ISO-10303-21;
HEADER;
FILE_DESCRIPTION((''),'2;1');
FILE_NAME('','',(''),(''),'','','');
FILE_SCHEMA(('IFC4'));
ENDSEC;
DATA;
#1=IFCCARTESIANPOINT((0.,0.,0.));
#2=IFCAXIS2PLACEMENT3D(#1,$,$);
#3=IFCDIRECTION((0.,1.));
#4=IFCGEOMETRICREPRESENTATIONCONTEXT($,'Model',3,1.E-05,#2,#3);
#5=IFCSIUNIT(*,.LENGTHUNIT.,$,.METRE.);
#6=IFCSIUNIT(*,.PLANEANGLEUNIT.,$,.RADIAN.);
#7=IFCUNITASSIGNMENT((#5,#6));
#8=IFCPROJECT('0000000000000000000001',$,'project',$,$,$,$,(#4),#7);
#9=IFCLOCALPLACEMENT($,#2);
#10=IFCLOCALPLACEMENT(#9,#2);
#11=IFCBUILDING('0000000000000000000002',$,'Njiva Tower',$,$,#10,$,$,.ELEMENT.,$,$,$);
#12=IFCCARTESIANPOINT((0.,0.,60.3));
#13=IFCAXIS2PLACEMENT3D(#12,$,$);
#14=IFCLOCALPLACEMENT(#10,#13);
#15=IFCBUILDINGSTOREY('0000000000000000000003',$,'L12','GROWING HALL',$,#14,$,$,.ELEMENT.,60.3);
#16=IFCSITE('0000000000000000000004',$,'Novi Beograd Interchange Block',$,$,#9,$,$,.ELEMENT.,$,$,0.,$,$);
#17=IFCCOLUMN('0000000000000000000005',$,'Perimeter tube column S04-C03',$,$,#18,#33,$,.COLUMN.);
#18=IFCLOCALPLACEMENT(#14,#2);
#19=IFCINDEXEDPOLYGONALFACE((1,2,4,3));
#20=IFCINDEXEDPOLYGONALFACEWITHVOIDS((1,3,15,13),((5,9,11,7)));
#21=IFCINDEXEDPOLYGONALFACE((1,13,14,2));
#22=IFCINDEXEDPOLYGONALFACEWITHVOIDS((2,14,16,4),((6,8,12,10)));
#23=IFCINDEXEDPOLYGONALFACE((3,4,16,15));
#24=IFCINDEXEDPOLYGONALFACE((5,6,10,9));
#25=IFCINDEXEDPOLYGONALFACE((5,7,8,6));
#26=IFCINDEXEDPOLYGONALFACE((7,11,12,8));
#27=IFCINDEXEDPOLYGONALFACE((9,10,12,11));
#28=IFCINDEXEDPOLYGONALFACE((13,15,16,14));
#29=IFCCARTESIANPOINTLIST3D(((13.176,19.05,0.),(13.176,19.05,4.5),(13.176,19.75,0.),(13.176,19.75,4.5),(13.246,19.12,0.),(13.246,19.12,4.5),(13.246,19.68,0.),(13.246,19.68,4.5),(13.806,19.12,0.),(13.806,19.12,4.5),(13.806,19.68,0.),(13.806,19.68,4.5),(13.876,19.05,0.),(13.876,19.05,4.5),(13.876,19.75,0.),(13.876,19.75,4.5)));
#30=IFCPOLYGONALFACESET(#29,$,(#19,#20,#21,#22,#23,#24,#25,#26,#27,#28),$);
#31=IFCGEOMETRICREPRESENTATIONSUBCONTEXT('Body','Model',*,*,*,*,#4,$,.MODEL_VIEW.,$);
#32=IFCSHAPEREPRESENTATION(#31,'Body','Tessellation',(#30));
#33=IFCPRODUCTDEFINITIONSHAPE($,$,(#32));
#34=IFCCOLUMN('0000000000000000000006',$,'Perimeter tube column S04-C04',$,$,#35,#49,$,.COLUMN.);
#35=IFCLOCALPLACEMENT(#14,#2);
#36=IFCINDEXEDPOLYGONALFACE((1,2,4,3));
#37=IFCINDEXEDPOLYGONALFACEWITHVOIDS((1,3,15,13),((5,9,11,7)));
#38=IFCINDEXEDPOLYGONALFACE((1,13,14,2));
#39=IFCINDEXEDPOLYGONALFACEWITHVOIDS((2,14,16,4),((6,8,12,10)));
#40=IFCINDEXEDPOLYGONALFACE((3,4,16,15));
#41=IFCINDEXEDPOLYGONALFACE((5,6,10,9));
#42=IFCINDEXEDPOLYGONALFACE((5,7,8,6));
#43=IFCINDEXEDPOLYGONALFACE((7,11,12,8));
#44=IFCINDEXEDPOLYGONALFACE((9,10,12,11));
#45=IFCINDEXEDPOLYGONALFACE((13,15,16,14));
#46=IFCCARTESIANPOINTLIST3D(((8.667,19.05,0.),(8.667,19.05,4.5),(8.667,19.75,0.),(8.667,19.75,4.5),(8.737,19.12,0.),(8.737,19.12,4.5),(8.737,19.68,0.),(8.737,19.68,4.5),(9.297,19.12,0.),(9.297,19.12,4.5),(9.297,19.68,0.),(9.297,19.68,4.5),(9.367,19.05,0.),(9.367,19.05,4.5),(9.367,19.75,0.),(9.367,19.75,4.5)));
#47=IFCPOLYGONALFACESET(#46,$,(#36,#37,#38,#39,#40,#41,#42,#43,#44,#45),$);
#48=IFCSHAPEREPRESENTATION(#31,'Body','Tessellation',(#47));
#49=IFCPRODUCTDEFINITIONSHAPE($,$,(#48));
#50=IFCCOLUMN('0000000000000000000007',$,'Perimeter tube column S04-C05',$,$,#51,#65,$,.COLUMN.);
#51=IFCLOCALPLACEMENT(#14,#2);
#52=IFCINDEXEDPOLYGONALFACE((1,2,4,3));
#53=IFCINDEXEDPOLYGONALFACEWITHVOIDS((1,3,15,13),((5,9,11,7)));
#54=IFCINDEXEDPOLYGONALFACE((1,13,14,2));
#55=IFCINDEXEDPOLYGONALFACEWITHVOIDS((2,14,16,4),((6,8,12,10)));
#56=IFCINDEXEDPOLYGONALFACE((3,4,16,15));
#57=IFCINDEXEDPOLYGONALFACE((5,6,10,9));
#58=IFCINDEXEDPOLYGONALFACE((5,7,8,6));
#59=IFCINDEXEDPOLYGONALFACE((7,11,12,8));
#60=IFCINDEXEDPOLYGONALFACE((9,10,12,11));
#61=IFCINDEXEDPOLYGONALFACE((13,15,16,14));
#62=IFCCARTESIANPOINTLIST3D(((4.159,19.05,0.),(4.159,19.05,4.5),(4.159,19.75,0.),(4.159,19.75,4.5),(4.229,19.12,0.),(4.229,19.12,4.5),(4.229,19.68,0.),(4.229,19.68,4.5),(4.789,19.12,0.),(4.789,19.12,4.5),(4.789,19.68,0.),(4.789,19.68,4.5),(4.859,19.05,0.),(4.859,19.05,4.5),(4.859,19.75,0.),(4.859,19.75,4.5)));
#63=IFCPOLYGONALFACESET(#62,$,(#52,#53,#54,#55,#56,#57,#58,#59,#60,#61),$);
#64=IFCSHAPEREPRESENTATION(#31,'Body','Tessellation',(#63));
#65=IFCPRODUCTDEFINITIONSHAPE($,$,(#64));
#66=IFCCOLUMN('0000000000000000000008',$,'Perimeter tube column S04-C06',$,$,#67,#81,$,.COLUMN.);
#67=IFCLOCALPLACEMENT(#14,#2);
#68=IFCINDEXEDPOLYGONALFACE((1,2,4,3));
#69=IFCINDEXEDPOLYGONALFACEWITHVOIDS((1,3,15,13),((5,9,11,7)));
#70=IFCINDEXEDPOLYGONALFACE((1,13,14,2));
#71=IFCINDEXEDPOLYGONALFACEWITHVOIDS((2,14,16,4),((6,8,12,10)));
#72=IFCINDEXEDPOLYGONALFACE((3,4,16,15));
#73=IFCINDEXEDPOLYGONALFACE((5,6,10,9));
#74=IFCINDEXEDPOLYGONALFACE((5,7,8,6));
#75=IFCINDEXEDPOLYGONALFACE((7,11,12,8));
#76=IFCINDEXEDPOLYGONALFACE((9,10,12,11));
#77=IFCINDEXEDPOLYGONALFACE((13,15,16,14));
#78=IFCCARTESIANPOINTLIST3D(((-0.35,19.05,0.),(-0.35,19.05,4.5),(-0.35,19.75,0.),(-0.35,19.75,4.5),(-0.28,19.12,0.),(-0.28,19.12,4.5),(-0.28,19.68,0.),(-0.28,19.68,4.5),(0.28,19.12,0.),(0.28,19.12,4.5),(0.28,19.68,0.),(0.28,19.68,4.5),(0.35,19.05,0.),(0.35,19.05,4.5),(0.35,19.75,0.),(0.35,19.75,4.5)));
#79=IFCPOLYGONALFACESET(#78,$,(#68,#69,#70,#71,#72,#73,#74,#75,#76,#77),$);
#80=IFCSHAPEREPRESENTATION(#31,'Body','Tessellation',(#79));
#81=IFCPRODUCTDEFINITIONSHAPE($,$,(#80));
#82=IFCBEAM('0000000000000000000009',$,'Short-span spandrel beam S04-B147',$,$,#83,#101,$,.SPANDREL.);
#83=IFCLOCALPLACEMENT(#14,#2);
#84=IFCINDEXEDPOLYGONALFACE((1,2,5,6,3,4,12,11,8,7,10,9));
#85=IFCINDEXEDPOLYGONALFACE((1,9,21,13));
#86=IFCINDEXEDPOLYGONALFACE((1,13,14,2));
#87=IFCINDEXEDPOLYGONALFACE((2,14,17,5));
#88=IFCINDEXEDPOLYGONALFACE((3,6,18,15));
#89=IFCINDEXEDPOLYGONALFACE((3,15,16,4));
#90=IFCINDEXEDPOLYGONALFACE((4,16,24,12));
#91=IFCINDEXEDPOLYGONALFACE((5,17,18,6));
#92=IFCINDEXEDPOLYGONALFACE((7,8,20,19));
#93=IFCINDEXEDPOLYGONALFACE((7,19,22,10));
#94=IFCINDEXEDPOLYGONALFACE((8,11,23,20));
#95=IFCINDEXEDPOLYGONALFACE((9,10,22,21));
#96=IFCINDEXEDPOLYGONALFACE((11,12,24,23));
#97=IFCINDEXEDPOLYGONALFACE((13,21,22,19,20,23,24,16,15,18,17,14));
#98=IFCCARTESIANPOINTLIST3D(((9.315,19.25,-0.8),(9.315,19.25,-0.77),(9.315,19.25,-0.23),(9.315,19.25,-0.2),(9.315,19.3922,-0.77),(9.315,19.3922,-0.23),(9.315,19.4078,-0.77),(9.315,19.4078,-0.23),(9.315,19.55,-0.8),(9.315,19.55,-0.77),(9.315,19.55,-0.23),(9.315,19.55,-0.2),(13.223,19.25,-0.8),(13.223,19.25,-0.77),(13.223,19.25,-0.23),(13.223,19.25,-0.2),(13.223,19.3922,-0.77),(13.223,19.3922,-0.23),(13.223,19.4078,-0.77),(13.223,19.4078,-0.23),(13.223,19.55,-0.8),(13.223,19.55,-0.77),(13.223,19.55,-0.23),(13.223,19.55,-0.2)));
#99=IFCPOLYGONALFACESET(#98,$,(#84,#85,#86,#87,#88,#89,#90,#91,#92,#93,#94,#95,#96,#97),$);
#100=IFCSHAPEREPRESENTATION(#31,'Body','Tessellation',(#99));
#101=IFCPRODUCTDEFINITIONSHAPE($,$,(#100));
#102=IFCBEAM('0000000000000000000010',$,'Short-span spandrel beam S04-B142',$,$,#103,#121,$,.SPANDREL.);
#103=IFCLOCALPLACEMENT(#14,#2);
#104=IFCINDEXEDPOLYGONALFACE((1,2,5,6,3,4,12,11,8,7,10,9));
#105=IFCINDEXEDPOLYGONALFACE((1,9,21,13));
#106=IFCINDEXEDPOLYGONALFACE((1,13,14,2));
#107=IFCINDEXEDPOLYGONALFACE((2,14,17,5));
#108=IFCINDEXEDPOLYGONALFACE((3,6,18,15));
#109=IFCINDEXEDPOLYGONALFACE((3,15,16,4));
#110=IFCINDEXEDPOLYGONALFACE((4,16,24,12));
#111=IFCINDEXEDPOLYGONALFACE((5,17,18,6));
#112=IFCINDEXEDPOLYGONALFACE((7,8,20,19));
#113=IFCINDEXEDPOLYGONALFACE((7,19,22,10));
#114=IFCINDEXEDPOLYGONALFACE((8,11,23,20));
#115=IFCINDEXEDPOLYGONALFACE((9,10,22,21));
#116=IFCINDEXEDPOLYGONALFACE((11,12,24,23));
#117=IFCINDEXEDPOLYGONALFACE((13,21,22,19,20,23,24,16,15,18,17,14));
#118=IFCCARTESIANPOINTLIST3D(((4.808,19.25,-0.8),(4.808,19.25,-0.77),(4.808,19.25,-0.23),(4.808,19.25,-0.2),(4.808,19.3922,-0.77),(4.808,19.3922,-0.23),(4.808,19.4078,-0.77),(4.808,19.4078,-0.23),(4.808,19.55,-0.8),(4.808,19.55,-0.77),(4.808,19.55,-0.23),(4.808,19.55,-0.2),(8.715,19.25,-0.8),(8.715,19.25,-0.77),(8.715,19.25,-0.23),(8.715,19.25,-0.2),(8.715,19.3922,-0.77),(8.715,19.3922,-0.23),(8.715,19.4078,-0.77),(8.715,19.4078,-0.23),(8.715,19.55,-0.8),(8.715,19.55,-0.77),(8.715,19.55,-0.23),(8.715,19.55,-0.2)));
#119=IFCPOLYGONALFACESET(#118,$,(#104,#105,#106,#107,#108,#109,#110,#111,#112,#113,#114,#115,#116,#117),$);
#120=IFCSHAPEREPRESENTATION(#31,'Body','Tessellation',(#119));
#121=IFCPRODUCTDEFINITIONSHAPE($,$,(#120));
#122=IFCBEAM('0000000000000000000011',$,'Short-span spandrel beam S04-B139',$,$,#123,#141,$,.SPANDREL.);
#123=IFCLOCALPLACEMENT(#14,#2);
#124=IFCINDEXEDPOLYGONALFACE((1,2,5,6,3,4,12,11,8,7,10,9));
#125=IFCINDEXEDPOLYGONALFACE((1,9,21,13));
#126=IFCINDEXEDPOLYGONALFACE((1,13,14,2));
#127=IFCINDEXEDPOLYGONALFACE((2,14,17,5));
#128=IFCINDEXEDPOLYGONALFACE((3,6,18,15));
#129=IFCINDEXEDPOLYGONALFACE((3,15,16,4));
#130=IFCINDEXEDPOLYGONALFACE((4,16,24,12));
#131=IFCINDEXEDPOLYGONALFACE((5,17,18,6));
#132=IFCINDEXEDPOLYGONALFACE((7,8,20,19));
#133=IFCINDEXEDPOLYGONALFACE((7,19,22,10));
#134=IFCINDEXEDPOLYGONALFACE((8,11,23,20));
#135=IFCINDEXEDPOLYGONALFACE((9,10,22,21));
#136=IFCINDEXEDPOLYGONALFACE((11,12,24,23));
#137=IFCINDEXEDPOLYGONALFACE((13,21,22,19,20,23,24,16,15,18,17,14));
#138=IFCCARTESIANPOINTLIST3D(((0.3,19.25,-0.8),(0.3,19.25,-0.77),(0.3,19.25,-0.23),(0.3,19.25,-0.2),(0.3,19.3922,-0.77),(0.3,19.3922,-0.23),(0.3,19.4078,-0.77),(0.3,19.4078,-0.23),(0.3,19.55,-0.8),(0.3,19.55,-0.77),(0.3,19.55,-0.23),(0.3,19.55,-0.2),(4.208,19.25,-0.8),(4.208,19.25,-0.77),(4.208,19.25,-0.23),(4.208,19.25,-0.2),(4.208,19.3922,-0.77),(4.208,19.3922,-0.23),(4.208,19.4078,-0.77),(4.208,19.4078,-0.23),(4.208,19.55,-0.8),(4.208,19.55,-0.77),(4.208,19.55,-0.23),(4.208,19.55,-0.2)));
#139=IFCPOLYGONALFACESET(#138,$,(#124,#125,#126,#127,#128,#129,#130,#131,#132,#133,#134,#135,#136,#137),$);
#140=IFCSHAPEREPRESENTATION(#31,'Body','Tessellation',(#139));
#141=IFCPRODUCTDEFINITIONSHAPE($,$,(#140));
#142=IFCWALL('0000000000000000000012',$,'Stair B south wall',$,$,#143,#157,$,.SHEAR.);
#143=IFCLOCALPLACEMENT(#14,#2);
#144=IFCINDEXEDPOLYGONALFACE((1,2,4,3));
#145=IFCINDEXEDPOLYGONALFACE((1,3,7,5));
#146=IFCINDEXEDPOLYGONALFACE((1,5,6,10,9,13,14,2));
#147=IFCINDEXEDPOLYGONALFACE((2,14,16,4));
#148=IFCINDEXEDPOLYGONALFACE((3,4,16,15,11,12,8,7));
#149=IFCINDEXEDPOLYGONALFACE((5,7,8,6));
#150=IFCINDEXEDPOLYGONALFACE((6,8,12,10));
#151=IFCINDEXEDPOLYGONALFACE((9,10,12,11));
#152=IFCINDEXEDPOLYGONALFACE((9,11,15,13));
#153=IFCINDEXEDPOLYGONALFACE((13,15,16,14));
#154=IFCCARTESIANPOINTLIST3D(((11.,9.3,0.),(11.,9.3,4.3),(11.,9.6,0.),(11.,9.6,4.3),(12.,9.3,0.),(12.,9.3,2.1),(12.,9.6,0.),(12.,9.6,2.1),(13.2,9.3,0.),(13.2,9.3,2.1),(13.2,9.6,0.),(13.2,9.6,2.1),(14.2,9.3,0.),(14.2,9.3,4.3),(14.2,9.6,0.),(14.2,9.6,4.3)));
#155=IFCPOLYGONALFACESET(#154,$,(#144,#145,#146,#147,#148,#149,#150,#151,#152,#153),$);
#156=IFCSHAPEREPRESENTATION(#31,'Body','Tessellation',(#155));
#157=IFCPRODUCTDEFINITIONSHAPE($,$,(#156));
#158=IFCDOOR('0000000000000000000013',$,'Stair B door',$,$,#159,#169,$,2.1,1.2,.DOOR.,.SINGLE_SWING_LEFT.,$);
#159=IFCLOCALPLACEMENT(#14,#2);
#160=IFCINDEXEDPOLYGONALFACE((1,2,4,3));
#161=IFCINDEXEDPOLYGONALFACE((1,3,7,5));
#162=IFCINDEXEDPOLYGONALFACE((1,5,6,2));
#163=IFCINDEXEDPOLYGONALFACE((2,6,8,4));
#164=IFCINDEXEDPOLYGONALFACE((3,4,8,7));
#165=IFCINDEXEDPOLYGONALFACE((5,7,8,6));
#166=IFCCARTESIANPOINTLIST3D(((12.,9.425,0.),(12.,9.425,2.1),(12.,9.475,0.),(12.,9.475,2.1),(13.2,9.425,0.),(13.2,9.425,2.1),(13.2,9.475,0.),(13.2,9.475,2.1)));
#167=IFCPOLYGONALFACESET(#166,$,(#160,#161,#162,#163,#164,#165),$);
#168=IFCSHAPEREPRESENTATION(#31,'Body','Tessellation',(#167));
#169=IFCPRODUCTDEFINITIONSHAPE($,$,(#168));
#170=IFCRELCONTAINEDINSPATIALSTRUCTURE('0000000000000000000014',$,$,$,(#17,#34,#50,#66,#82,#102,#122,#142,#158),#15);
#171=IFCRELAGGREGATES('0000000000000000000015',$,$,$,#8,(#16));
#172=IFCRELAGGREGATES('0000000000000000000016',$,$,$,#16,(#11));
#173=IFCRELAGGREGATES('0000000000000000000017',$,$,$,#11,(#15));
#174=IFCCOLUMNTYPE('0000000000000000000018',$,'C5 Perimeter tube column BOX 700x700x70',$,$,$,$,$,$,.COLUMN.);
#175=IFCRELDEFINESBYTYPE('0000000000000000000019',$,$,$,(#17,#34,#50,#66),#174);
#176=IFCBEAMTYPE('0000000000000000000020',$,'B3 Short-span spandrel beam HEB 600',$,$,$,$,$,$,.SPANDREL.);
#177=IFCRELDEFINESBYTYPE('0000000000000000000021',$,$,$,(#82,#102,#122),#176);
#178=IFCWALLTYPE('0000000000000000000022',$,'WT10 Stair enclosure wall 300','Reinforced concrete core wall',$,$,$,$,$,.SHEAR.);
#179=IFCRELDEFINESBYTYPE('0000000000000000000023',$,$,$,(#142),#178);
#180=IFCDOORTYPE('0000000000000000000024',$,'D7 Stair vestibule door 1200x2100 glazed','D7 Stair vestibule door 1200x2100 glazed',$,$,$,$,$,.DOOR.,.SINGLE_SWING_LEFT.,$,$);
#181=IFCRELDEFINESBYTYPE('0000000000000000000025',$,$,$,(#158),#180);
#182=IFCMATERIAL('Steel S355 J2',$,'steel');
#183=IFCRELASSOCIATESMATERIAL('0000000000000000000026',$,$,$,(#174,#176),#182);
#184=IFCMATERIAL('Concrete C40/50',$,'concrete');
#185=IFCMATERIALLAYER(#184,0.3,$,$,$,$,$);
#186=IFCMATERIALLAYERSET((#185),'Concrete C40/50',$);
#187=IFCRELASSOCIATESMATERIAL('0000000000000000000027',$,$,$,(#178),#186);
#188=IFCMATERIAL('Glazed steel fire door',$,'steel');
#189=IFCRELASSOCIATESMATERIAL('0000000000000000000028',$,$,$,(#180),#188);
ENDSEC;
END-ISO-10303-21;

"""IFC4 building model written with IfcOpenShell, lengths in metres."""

from ifc_helpers import new_model, si_unit, direction, frame, frame_2d, origin, origin_2d, place, context, subcontext, project, spatial, rectangle, hollow_rectangle, i_section, extrude, material, layer, layer_set, material_profile, profile_set, type_object, element, fill, save


model = new_model("IFC4")

# Units and contexts
model_context = context("Model", 3, precision=1e-05, world=origin(), true_north=direction((0.0, 1.0)))
body_context = subcontext(model_context, "Body", "Model", "MODEL_VIEW")
ifc_project = project(units=[si_unit("LENGTHUNIT", "METRE"), si_unit("PLANEANGLEUNIT", "RADIAN")], contexts=[model_context])

# Site, building, storey
site_placement = place(None, origin())
site = spatial("IfcSite", under=ifc_project, at=site_placement, Name="Novi Beograd Interchange Block", CompositionType="ELEMENT", RefElevation=0.0)
building_placement = place(site_placement, origin())
building = spatial("IfcBuilding", under=site, at=building_placement, Name="Njiva Tower", CompositionType="ELEMENT")
storey_placement = place(building_placement, frame((0.0, 0.0, 60.3)))
storey = spatial("IfcBuildingStorey", under=building, at=storey_placement, Name="L12", Description="GROWING HALL", CompositionType="ELEMENT", Elevation=60.3)

# Columns
ifc_material_1 = material(Name="Steel S355 J2", Category="steel")
ifc_material_profile_1 = material_profile(ifc_material_1, hollow_rectangle(XDim=0.7, YDim=0.7, WallThickness=0.07, at=origin_2d()), Name="BOX 700x700x70")
ifc_profile_set_1 = profile_set([ifc_material_profile_1], Name="Steel S355 J2")
column_type = type_object("IfcColumnType", Name="C5 Perimeter tube column BOX 700x700x70", PredefinedType="COLUMN", material=ifc_profile_set_1)
for number, where, z_axis, x_axis, name in (
    (1, (13.526, 19.4, 0.0), (0.0, 0.0, 1.0), (-1.0, 0.0, 0.0), "Perimeter tube column S04-C03"),
    (2, (9.017, 19.4, 0.0), (0.0, 0.0, 1.0), (-1.0, 0.0, 0.0), "Perimeter tube column S04-C04"),
    (3, (4.509, 19.4, 0.0), (0.0, 0.0, 1.0), (-1.0, 0.0, 0.0), "Perimeter tube column S04-C05"),
    (4, (0.0, 19.4, 0.0), (0.0, 0.0, 1.0), (-1.0, 0.0, 0.0), "Perimeter tube column S04-C06"),
):
    element("IfcColumn", number, at=place(storey_placement, frame(where, z_axis=z_axis, x_axis=x_axis)), inside=storey, type_object=column_type, Name=name, PredefinedType="COLUMN", context=body_context, shape_type="SweptSolid", body=[
        extrude(hollow_rectangle(XDim=0.7, YDim=0.7, WallThickness=0.07, at=origin_2d()), origin(), (0.0, 0.0, 1.0), 4.5),
    ])

# Beams
ifc_material_profile_2 = material_profile(ifc_material_1, i_section(OverallWidth=0.3, OverallDepth=0.6, WebThickness=0.0155, FlangeThickness=0.03, at=origin_2d()), Name="HEB 600")
ifc_profile_set_2 = profile_set([ifc_material_profile_2], Name="Steel S355 J2")
beam_type = type_object("IfcBeamType", Name="B3 Short-span spandrel beam HEB 600", PredefinedType="SPANDREL", material=ifc_profile_set_2)
beam_1_placement = place(storey_placement, frame((13.223, 19.4, -0.5), z_axis=(-1.0, 0.0, 0.0), x_axis=(0.0, -1.0, 0.0)))
element("IfcBeam", 5, at=beam_1_placement, inside=storey, type_object=beam_type, Name="Short-span spandrel beam S04-B147", PredefinedType="SPANDREL", context=body_context, shape_type="SweptSolid", body=[
    extrude(i_section(OverallWidth=0.3, OverallDepth=0.6, WebThickness=0.0155, FlangeThickness=0.03, at=origin_2d()), origin(), (0.0, 0.0, 1.0), 3.908),
])
beam_2_placement = place(storey_placement, frame((8.715, 19.4, -0.5), z_axis=(-1.0, 0.0, 0.0), x_axis=(0.0, -1.0, 0.0)))
element("IfcBeam", 6, at=beam_2_placement, inside=storey, type_object=beam_type, Name="Short-span spandrel beam S04-B142", PredefinedType="SPANDREL", context=body_context, shape_type="SweptSolid", body=[
    extrude(i_section(OverallWidth=0.3, OverallDepth=0.6, WebThickness=0.0155, FlangeThickness=0.03, at=origin_2d()), origin(), (0.0, 0.0, 1.0), 3.907),
])
beam_3_placement = place(storey_placement, frame((4.208, 19.4, -0.5), z_axis=(-1.0, 0.0, 0.0), x_axis=(0.0, -1.0, 0.0)))
element("IfcBeam", 7, at=beam_3_placement, inside=storey, type_object=beam_type, Name="Short-span spandrel beam S04-B139", PredefinedType="SPANDREL", context=body_context, shape_type="SweptSolid", body=[
    extrude(i_section(OverallWidth=0.3, OverallDepth=0.6, WebThickness=0.0155, FlangeThickness=0.03, at=origin_2d()), origin(), (0.0, 0.0, 1.0), 3.908),
])

# Wall, opening, door
ifc_material_2 = material(Name="Concrete C40/50", Category="concrete")
ifc_layer_1 = layer(ifc_material_2, 0.3)
ifc_layer_set_1 = layer_set([ifc_layer_1], Name="Concrete C40/50")
wall_type_1 = type_object("IfcWallType", Name="WT10 Stair enclosure wall 300", Description="Reinforced concrete core wall", PredefinedType="SHEAR", material=ifc_layer_set_1)
wall_1_placement = place(storey_placement, frame((11.0, 9.45, 0.0), z_axis=(0.0, 0.0, 1.0), x_axis=(1.0, 0.0, 0.0)))
wall_1 = element("IfcWall", 8, at=wall_1_placement, inside=storey, type_object=wall_type_1, Name="Stair B south wall", PredefinedType="SHEAR", context=body_context, shape_type="SweptSolid", body=[
    extrude(rectangle(XDim=3.2, YDim=0.3, at=frame_2d((1.6, 0.0))), origin(), (0.0, 0.0, 1.0), 4.3),
])
opening_1_placement = place(wall_1_placement, frame((1.0, 0.0, 0.0)))
opening_1 = element("IfcOpeningElement", 9, at=opening_1_placement, cuts=wall_1, PredefinedType="OPENING", context=body_context, shape_type="SweptSolid", body=[
    extrude(rectangle(XDim=1.2, YDim=2.1, at=frame_2d((0.6, 1.05))), frame((0.0, 0.16, 0.0), z_axis=(0.0, -1.0, 0.0), x_axis=(1.0, 0.0, 0.0)), (0.0, 0.0, 1.0), 0.32),
])
ifc_material_3 = material(Name="Glazed steel fire door", Category="steel")
door_type_1 = type_object("IfcDoorType", Name="D7 Stair vestibule door 1200x2100 glazed", Description="D7 Stair vestibule door 1200x2100 glazed", OperationType="SINGLE_SWING_LEFT", PredefinedType="DOOR", material=ifc_material_3)
door_1_placement = place(opening_1_placement, origin())
door_1 = element("IfcDoor", 10, at=door_1_placement, inside=storey, type_object=door_type_1, Name="Stair B door", OperationType="SINGLE_SWING_LEFT", OverallHeight=2.1, OverallWidth=1.2, PredefinedType="DOOR", context=body_context, shape_type="SweptSolid", body=[
    extrude(rectangle(XDim=1.2, YDim=2.1, at=frame_2d((0.6, 1.05))), frame((0.0, 0.025, 0.0), z_axis=(0.0, -1.0, 0.0), x_axis=(1.0, 0.0, 0.0)), (0.0, 0.0, 1.0), 0.05),
])
fill(opening_1, door_1)

save(model, "model.ifc")
